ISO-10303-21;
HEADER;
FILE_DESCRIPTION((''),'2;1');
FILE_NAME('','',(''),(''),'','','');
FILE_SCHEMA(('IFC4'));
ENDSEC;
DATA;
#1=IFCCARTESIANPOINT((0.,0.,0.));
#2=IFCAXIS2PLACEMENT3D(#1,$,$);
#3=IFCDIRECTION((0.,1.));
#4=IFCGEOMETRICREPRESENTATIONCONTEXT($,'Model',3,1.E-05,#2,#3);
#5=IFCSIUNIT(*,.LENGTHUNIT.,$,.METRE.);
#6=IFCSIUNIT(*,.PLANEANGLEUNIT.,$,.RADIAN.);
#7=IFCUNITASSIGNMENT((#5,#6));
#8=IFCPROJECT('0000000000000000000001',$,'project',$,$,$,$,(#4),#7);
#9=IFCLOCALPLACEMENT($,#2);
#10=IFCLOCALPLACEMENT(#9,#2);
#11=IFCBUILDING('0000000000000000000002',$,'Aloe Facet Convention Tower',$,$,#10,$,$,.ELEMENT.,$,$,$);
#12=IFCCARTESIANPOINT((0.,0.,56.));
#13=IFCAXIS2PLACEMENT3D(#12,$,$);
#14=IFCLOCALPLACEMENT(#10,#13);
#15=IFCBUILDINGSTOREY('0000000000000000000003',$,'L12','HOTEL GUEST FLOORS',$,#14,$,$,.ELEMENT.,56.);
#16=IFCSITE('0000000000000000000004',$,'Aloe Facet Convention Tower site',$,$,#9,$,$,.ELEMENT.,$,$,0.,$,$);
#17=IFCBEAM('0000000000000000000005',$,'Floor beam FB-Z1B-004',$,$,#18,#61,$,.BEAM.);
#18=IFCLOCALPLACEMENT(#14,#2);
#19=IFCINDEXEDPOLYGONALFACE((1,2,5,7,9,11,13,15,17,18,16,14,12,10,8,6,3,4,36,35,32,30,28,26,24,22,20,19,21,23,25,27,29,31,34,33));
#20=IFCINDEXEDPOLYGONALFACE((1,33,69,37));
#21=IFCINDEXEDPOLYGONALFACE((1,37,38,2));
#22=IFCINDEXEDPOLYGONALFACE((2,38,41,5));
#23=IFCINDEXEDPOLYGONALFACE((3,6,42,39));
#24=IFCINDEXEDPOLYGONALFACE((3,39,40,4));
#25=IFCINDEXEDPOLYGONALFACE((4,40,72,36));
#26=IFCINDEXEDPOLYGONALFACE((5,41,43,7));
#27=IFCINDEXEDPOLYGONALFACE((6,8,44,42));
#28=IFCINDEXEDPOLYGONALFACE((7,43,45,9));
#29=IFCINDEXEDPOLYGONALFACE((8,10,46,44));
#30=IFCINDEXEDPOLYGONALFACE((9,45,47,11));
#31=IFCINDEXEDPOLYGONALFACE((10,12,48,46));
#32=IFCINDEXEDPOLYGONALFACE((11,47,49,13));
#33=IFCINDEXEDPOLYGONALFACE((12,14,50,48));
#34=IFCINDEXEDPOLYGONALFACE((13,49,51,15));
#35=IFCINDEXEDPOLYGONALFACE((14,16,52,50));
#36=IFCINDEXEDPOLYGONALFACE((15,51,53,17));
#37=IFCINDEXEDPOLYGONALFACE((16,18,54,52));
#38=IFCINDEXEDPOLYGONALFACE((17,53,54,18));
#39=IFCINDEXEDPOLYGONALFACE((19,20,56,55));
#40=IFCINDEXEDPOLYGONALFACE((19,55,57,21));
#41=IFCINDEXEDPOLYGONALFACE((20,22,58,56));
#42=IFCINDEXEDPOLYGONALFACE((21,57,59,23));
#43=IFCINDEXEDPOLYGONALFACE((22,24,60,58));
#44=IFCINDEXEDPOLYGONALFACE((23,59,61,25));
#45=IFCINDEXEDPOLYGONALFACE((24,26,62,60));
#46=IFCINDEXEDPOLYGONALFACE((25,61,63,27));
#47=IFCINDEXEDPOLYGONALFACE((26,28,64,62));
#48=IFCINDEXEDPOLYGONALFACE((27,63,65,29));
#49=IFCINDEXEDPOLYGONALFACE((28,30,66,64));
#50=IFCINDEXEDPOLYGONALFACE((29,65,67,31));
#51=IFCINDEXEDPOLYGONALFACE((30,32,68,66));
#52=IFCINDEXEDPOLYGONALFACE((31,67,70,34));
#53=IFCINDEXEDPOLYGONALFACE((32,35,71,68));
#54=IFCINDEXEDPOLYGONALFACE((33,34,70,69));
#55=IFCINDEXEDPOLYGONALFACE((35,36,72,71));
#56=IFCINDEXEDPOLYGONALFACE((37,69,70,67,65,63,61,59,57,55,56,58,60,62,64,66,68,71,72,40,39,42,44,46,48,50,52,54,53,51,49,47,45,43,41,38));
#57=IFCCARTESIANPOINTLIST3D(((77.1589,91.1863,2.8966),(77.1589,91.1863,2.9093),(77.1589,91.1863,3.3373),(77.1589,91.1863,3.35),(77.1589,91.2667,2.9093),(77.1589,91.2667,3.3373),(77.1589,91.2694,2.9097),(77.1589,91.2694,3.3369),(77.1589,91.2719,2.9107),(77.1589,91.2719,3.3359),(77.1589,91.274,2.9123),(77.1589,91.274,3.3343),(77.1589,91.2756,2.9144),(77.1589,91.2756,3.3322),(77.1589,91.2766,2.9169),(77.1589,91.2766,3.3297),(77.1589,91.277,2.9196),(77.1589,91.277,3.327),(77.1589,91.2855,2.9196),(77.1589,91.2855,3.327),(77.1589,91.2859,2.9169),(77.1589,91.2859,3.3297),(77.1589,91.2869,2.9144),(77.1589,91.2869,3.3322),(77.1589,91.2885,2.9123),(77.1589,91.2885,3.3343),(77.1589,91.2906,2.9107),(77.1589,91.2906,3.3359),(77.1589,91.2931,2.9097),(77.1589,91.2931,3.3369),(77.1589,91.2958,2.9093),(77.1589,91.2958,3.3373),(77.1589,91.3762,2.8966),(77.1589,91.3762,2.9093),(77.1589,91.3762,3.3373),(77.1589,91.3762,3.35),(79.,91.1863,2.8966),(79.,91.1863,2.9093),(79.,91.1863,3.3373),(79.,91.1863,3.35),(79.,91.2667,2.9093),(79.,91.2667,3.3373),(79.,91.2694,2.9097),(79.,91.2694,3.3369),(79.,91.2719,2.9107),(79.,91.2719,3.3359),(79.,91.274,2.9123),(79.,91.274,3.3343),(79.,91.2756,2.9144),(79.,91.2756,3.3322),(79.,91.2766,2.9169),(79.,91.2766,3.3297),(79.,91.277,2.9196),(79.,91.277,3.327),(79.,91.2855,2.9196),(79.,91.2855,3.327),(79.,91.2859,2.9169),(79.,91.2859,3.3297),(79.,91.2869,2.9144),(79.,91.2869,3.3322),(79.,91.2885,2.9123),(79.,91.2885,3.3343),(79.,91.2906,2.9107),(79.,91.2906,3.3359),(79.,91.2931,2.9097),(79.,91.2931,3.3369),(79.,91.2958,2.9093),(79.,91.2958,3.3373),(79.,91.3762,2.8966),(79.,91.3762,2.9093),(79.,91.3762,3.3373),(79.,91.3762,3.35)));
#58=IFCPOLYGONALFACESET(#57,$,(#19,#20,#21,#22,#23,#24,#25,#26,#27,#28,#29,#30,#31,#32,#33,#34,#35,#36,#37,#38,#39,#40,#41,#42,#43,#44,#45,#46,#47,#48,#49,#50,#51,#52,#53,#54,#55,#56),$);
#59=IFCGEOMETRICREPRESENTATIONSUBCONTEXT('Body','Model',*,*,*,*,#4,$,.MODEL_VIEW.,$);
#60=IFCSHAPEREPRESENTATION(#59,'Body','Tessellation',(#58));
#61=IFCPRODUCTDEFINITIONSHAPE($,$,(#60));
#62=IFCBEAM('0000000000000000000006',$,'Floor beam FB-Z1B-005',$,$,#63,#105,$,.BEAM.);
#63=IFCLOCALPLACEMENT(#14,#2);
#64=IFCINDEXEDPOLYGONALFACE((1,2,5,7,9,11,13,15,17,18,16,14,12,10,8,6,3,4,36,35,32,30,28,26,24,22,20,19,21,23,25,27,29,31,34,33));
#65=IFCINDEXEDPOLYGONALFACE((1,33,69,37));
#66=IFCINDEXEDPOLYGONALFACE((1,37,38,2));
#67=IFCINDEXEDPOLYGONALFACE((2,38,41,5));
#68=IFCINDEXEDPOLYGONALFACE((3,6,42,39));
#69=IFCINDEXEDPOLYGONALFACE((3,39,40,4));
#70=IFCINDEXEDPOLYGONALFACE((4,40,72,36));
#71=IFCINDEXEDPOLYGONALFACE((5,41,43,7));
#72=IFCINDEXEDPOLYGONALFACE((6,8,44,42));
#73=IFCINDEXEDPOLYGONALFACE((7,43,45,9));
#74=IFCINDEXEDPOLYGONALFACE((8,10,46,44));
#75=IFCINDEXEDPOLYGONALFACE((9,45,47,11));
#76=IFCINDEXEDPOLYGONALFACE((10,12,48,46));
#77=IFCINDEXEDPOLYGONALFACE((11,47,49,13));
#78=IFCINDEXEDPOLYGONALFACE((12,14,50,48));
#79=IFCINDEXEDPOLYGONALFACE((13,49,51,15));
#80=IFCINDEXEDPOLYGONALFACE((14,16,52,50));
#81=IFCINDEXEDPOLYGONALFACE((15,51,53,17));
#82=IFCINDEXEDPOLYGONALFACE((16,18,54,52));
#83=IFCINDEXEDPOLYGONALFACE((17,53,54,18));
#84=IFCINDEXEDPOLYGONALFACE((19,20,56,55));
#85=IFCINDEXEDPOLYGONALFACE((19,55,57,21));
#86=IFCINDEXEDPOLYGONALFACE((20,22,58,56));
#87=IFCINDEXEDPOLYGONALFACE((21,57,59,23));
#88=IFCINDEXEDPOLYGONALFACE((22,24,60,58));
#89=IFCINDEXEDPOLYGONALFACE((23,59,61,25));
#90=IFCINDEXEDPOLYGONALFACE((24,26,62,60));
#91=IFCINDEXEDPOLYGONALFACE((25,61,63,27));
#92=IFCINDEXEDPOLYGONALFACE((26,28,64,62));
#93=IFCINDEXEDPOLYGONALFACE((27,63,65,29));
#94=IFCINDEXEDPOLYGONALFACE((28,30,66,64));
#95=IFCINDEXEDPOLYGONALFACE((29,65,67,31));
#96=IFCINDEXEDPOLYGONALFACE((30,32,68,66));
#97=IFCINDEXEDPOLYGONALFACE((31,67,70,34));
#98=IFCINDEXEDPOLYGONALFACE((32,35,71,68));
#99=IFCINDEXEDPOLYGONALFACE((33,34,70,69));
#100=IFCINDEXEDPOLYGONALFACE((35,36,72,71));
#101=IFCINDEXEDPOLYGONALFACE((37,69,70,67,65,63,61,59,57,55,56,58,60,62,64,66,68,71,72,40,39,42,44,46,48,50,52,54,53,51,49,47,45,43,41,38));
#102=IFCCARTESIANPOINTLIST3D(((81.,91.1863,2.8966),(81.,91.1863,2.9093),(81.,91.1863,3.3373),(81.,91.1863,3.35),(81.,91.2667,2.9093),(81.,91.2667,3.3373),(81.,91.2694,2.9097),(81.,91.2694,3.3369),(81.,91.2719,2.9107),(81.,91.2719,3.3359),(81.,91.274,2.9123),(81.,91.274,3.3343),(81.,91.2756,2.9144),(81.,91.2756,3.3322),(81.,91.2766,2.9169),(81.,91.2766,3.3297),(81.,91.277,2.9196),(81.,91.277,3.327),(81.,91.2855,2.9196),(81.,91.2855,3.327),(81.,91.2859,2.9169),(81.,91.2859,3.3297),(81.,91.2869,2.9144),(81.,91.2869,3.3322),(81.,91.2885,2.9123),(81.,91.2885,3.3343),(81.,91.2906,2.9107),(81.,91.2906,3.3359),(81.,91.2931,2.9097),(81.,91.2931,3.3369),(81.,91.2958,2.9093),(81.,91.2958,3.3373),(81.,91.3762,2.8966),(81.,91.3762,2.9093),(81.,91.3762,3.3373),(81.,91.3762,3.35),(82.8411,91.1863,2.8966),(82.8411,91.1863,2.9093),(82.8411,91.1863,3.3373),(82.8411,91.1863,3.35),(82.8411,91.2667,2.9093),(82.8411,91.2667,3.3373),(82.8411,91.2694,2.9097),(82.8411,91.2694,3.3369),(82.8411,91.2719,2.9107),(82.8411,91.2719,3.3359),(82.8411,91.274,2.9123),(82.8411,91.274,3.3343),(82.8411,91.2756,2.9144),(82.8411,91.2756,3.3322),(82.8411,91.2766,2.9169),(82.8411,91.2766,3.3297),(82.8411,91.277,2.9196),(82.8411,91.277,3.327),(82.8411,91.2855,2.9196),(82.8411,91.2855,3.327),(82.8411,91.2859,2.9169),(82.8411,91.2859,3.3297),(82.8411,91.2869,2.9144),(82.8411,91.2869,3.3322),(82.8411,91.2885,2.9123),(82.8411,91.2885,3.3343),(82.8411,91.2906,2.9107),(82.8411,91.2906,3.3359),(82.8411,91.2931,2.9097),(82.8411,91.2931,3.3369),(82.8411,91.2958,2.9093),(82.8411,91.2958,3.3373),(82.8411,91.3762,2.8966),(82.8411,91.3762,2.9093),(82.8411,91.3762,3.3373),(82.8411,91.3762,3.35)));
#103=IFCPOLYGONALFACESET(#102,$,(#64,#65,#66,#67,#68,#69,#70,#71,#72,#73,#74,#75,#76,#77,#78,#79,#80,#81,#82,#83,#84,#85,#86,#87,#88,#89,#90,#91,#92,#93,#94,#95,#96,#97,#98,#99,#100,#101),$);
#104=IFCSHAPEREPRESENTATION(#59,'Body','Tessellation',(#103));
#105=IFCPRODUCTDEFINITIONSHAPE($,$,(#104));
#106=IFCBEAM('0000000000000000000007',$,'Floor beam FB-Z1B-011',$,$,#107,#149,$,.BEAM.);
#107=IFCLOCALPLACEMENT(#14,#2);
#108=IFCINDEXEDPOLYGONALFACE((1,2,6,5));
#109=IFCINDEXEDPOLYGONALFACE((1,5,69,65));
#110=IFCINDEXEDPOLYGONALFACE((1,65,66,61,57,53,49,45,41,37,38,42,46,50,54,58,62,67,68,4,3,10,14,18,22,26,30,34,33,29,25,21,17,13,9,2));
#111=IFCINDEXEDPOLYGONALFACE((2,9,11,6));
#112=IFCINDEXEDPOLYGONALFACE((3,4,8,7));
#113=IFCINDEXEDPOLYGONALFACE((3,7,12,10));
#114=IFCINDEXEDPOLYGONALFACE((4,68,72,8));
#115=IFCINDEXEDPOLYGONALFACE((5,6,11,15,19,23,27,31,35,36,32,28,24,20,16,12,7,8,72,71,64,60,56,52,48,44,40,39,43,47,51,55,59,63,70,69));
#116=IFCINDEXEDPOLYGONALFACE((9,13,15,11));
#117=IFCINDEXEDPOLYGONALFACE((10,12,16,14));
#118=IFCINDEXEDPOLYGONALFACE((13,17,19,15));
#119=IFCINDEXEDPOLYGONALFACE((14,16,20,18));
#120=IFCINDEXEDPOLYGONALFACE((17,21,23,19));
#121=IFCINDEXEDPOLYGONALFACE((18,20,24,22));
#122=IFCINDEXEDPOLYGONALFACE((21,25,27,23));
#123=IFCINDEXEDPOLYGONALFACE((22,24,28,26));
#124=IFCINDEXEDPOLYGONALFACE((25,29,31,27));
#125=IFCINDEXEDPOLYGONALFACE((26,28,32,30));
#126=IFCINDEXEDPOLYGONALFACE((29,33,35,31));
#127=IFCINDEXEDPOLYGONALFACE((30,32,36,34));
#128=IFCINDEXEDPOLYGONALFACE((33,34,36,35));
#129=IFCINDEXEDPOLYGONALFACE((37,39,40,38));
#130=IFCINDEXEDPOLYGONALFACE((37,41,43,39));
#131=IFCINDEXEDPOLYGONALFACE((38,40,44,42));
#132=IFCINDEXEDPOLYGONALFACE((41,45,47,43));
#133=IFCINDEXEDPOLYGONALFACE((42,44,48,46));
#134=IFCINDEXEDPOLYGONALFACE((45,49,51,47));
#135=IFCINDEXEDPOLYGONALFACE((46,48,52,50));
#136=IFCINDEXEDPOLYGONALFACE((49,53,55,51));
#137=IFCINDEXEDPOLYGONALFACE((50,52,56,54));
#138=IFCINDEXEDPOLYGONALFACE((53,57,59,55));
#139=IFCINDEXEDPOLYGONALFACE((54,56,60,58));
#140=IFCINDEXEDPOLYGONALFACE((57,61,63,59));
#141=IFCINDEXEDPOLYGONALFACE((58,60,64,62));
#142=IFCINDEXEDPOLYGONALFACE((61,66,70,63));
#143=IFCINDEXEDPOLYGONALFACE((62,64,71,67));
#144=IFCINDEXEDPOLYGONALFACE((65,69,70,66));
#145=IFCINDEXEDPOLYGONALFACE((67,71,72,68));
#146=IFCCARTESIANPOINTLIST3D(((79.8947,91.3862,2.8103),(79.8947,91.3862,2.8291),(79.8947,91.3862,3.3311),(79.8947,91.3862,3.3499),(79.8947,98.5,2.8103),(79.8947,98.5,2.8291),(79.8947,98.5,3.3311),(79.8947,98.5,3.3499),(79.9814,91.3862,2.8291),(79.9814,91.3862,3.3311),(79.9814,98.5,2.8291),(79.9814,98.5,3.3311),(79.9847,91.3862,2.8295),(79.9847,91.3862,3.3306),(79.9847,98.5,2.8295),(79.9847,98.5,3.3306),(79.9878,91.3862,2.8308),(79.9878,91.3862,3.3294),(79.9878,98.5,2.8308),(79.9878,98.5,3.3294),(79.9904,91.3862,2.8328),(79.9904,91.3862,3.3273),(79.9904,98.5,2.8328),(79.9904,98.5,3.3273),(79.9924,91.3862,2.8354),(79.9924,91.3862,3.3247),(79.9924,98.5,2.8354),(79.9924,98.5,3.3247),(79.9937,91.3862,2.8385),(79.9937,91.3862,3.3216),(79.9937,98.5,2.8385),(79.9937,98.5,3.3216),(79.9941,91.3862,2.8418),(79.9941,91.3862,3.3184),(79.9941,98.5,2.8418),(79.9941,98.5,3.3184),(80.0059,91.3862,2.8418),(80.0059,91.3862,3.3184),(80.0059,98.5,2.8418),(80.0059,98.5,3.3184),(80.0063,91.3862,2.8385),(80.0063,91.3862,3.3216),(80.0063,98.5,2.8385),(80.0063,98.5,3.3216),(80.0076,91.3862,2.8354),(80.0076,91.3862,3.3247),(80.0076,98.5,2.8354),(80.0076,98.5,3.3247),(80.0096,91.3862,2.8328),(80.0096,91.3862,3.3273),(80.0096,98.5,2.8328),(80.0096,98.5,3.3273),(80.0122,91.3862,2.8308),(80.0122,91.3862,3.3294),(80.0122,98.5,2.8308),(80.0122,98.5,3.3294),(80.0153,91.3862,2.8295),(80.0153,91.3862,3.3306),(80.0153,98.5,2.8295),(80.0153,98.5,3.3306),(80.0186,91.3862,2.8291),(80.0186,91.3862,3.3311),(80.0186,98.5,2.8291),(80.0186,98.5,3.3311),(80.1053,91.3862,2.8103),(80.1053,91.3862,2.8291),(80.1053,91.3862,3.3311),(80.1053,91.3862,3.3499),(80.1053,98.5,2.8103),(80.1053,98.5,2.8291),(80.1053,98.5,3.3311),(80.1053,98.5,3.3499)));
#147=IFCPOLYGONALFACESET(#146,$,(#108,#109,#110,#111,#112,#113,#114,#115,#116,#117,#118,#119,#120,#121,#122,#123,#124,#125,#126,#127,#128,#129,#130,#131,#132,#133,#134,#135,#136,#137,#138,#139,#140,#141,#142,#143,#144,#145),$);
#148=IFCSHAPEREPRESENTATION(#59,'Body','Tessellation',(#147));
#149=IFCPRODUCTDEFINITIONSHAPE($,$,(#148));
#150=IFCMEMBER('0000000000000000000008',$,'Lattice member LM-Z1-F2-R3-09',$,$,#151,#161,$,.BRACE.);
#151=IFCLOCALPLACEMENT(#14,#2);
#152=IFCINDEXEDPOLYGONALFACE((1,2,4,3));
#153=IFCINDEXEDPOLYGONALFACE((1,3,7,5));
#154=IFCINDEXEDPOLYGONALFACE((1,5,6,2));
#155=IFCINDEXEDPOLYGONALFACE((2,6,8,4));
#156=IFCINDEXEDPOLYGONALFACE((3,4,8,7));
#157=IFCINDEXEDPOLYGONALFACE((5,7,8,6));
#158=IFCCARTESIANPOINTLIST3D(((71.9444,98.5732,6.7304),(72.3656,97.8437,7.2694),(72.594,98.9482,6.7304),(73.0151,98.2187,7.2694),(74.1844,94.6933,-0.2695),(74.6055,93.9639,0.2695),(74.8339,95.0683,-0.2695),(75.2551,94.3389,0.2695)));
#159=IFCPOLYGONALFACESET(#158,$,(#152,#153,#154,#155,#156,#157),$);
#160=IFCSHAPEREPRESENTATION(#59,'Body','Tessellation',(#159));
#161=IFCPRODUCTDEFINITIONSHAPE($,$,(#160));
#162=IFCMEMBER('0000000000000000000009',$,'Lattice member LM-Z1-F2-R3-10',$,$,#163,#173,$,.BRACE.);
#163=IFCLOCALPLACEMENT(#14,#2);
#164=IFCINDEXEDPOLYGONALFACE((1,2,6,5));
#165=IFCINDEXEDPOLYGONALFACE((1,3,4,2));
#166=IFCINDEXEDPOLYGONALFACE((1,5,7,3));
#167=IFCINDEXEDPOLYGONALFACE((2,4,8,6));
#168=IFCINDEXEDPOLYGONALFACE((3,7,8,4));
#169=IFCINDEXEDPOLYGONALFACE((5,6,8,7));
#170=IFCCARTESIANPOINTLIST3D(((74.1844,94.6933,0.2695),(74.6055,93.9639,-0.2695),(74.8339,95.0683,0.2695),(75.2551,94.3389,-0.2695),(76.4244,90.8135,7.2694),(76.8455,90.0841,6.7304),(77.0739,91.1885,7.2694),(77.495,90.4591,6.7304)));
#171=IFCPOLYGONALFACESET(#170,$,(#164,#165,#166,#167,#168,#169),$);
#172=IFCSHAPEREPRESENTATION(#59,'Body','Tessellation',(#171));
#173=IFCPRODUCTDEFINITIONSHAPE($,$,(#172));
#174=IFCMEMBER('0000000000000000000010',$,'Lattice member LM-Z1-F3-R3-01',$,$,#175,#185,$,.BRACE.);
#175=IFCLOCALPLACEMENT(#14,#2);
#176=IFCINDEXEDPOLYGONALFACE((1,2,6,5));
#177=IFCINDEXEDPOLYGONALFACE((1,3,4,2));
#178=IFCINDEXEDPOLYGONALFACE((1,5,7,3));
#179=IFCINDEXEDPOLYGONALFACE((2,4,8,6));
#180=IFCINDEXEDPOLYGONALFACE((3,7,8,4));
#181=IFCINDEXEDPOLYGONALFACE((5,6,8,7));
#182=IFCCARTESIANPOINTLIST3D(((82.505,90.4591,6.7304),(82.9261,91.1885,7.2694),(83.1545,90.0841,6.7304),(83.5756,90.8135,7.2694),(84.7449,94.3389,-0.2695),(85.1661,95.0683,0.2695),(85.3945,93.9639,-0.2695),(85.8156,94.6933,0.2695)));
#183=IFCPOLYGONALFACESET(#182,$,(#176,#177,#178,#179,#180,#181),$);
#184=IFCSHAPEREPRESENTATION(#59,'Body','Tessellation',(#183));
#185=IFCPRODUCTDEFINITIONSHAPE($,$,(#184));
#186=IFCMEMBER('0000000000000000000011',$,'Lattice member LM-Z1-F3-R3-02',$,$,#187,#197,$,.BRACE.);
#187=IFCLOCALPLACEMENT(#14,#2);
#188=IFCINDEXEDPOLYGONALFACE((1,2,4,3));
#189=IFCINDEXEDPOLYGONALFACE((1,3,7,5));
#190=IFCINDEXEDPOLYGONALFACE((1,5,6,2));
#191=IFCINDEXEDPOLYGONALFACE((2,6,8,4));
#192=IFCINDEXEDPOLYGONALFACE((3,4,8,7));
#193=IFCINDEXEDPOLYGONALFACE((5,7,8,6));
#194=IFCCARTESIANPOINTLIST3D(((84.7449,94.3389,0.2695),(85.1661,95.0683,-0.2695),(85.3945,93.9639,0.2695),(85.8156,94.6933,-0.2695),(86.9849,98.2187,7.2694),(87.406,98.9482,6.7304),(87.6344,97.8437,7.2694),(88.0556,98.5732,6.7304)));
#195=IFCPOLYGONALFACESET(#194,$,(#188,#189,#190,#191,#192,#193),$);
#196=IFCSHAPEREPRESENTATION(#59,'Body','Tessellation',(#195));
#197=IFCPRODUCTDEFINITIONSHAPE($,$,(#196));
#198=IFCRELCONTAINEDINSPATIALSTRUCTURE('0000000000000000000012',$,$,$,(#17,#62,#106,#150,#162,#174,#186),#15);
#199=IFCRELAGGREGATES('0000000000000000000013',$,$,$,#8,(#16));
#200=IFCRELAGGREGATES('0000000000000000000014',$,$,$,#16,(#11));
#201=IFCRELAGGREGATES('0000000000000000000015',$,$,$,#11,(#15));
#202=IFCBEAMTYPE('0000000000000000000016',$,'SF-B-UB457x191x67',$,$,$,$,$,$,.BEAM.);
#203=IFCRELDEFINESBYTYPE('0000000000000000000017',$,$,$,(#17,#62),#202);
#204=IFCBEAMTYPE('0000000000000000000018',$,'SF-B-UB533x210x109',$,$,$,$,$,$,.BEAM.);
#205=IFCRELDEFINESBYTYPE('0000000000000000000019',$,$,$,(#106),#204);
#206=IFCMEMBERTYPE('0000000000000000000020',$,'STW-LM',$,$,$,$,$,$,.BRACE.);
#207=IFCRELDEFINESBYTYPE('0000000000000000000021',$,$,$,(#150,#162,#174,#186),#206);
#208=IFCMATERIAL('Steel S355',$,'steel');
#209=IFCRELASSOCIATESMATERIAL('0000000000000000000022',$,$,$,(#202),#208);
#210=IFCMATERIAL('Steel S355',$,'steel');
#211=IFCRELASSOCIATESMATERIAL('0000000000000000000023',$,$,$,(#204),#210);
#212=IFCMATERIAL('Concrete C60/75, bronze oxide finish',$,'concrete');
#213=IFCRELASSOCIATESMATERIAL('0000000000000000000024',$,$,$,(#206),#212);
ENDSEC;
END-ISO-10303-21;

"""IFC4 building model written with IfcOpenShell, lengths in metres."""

from ifc_helpers import new_model, si_unit, direction, frame, origin, origin_2d, place, context, subcontext, project, spatial, rectangle, i_section, extrude, material, material_profile, profile_set, type_object, element, save


model = new_model("IFC4")

# Units and contexts
model_context = context("Model", 3, precision=1e-05, world=origin(), true_north=direction((0.0, 1.0)))
body_context = subcontext(model_context, "Body", "Model", "MODEL_VIEW")
ifc_project = project(units=[si_unit("LENGTHUNIT", "METRE"), si_unit("PLANEANGLEUNIT", "RADIAN")], contexts=[model_context])

# Site, building, storey
site_placement = place(None, origin())
site = spatial("IfcSite", under=ifc_project, at=site_placement, Name="Aloe Facet Convention Tower site", CompositionType="ELEMENT", RefElevation=0.0)
building_placement = place(site_placement, origin())
building = spatial("IfcBuilding", under=site, at=building_placement, Name="Aloe Facet Convention Tower", CompositionType="ELEMENT")
storey_placement = place(building_placement, frame((0.0, 0.0, 56.0)))
storey = spatial("IfcBuildingStorey", under=building, at=storey_placement, Name="L12", Description="HOTEL GUEST FLOORS", CompositionType="ELEMENT", Elevation=56.0)

# Beams
ifc_material_1 = material(Name="Steel S355", Category="steel")
ifc_material_profile_1 = material_profile(ifc_material_1, i_section(OverallWidth=0.1899, OverallDepth=0.4534, WebThickness=0.0085, FlangeThickness=0.0127, FilletRadius=0.0103, at=origin_2d()), Name="UB 457x191x67")
ifc_profile_set_1 = profile_set([ifc_material_profile_1], Name="Steel S355")
beam_type_1 = type_object("IfcBeamType", Name="SF-B-UB457x191x67", PredefinedType="BEAM", material=ifc_profile_set_1)
for number, where, z_axis, x_axis, name in (
    (1, (79.0, 91.2812, 3.1233), (-1.0, 0.0, 0.0), (0.0, -1.0, 0.0), "Floor beam FB-Z1B-004"),
    (2, (82.8411, 91.2812, 3.1233), (-1.0, 0.0, 0.0), (0.0, -1.0, 0.0), "Floor beam FB-Z1B-005"),
):
    element("IfcBeam", number, at=place(storey_placement, frame(where, z_axis=z_axis, x_axis=x_axis)), inside=storey, type_object=beam_type_1, Name=name, PredefinedType="BEAM", context=body_context, shape_type="SweptSolid", body=[
        extrude(i_section(OverallWidth=0.1899, OverallDepth=0.4534, WebThickness=0.0085, FlangeThickness=0.0127, FilletRadius=0.0103, at=origin_2d()), origin(), (0.0, 0.0, 1.0), 1.8411),
    ])
ifc_material_2 = material(Name="Steel S355", Category="steel")
ifc_material_profile_2 = material_profile(ifc_material_2, i_section(OverallWidth=0.2107, OverallDepth=0.5396, WebThickness=0.0117, FlangeThickness=0.0188, FilletRadius=0.0127, at=origin_2d()), Name="UB 533x210x109")
ifc_profile_set_2 = profile_set([ifc_material_profile_2], Name="Steel S355")
beam_type_2 = type_object("IfcBeamType", Name="SF-B-UB533x210x109", PredefinedType="BEAM", material=ifc_profile_set_2)
beam_1_placement = place(storey_placement, frame((80.0, 98.5, 3.0801), z_axis=(0.0, -1.0, 0.0), x_axis=(1.0, 0.0, 0.0)))
element("IfcBeam", 3, at=beam_1_placement, inside=storey, type_object=beam_type_2, Name="Floor beam FB-Z1B-011", PredefinedType="BEAM", context=body_context, shape_type="SweptSolid", body=[
    extrude(i_section(OverallWidth=0.2107, OverallDepth=0.5396, WebThickness=0.0117, FlangeThickness=0.0188, FilletRadius=0.0127, at=origin_2d()), origin(), (0.0, 0.0, 1.0), 7.1138),
])

# Members
ifc_material_3 = material(Name="Concrete C60/75, bronze oxide finish", Category="concrete")
ifc_material_profile_3 = material_profile(ifc_material_3, rectangle(XDim=0.75, YDim=1.0, at=origin_2d()), Name="STW-LM")
ifc_profile_set_3 = profile_set([ifc_material_profile_3], Name="Concrete C60/75, bronze oxide finish")
member_type = type_object("IfcMemberType", Name="STW-LM", PredefinedType="BRACE", material=ifc_profile_set_3)
for number, where, z_axis, x_axis, name in (
    (4, (74.7197, 94.5161, 0.0), (-0.269524, 0.466843, 0.842267), (-0.866031, -0.49999, 0.0), "Lattice member LM-Z1-F2-R3-09"),
    (5, (74.7197, 94.5161, 0.0), (0.269524, -0.466843, 0.842267), (0.866031, 0.49999, 0.0), "Lattice member LM-Z1-F2-R3-10"),
    (6, (85.2803, 94.5161, 0.0), (-0.269524, -0.466843, 0.842267), (0.866031, -0.49999, 0.0), "Lattice member LM-Z1-F3-R3-01"),
    (7, (85.2803, 94.5161, 0.0), (0.269524, 0.466843, 0.842267), (-0.866031, 0.49999, 0.0), "Lattice member LM-Z1-F3-R3-02"),
):
    element("IfcMember", number, at=place(storey_placement, frame(where, z_axis=z_axis, x_axis=x_axis)), inside=storey, type_object=member_type, Name=name, PredefinedType="BRACE", context=body_context, shape_type="SweptSolid", body=[
        extrude(rectangle(XDim=0.75, YDim=1.0, at=origin_2d()), origin(), (0.0, 0.0, 1.0), 8.3108),
    ])

save(model, "model.ifc")
